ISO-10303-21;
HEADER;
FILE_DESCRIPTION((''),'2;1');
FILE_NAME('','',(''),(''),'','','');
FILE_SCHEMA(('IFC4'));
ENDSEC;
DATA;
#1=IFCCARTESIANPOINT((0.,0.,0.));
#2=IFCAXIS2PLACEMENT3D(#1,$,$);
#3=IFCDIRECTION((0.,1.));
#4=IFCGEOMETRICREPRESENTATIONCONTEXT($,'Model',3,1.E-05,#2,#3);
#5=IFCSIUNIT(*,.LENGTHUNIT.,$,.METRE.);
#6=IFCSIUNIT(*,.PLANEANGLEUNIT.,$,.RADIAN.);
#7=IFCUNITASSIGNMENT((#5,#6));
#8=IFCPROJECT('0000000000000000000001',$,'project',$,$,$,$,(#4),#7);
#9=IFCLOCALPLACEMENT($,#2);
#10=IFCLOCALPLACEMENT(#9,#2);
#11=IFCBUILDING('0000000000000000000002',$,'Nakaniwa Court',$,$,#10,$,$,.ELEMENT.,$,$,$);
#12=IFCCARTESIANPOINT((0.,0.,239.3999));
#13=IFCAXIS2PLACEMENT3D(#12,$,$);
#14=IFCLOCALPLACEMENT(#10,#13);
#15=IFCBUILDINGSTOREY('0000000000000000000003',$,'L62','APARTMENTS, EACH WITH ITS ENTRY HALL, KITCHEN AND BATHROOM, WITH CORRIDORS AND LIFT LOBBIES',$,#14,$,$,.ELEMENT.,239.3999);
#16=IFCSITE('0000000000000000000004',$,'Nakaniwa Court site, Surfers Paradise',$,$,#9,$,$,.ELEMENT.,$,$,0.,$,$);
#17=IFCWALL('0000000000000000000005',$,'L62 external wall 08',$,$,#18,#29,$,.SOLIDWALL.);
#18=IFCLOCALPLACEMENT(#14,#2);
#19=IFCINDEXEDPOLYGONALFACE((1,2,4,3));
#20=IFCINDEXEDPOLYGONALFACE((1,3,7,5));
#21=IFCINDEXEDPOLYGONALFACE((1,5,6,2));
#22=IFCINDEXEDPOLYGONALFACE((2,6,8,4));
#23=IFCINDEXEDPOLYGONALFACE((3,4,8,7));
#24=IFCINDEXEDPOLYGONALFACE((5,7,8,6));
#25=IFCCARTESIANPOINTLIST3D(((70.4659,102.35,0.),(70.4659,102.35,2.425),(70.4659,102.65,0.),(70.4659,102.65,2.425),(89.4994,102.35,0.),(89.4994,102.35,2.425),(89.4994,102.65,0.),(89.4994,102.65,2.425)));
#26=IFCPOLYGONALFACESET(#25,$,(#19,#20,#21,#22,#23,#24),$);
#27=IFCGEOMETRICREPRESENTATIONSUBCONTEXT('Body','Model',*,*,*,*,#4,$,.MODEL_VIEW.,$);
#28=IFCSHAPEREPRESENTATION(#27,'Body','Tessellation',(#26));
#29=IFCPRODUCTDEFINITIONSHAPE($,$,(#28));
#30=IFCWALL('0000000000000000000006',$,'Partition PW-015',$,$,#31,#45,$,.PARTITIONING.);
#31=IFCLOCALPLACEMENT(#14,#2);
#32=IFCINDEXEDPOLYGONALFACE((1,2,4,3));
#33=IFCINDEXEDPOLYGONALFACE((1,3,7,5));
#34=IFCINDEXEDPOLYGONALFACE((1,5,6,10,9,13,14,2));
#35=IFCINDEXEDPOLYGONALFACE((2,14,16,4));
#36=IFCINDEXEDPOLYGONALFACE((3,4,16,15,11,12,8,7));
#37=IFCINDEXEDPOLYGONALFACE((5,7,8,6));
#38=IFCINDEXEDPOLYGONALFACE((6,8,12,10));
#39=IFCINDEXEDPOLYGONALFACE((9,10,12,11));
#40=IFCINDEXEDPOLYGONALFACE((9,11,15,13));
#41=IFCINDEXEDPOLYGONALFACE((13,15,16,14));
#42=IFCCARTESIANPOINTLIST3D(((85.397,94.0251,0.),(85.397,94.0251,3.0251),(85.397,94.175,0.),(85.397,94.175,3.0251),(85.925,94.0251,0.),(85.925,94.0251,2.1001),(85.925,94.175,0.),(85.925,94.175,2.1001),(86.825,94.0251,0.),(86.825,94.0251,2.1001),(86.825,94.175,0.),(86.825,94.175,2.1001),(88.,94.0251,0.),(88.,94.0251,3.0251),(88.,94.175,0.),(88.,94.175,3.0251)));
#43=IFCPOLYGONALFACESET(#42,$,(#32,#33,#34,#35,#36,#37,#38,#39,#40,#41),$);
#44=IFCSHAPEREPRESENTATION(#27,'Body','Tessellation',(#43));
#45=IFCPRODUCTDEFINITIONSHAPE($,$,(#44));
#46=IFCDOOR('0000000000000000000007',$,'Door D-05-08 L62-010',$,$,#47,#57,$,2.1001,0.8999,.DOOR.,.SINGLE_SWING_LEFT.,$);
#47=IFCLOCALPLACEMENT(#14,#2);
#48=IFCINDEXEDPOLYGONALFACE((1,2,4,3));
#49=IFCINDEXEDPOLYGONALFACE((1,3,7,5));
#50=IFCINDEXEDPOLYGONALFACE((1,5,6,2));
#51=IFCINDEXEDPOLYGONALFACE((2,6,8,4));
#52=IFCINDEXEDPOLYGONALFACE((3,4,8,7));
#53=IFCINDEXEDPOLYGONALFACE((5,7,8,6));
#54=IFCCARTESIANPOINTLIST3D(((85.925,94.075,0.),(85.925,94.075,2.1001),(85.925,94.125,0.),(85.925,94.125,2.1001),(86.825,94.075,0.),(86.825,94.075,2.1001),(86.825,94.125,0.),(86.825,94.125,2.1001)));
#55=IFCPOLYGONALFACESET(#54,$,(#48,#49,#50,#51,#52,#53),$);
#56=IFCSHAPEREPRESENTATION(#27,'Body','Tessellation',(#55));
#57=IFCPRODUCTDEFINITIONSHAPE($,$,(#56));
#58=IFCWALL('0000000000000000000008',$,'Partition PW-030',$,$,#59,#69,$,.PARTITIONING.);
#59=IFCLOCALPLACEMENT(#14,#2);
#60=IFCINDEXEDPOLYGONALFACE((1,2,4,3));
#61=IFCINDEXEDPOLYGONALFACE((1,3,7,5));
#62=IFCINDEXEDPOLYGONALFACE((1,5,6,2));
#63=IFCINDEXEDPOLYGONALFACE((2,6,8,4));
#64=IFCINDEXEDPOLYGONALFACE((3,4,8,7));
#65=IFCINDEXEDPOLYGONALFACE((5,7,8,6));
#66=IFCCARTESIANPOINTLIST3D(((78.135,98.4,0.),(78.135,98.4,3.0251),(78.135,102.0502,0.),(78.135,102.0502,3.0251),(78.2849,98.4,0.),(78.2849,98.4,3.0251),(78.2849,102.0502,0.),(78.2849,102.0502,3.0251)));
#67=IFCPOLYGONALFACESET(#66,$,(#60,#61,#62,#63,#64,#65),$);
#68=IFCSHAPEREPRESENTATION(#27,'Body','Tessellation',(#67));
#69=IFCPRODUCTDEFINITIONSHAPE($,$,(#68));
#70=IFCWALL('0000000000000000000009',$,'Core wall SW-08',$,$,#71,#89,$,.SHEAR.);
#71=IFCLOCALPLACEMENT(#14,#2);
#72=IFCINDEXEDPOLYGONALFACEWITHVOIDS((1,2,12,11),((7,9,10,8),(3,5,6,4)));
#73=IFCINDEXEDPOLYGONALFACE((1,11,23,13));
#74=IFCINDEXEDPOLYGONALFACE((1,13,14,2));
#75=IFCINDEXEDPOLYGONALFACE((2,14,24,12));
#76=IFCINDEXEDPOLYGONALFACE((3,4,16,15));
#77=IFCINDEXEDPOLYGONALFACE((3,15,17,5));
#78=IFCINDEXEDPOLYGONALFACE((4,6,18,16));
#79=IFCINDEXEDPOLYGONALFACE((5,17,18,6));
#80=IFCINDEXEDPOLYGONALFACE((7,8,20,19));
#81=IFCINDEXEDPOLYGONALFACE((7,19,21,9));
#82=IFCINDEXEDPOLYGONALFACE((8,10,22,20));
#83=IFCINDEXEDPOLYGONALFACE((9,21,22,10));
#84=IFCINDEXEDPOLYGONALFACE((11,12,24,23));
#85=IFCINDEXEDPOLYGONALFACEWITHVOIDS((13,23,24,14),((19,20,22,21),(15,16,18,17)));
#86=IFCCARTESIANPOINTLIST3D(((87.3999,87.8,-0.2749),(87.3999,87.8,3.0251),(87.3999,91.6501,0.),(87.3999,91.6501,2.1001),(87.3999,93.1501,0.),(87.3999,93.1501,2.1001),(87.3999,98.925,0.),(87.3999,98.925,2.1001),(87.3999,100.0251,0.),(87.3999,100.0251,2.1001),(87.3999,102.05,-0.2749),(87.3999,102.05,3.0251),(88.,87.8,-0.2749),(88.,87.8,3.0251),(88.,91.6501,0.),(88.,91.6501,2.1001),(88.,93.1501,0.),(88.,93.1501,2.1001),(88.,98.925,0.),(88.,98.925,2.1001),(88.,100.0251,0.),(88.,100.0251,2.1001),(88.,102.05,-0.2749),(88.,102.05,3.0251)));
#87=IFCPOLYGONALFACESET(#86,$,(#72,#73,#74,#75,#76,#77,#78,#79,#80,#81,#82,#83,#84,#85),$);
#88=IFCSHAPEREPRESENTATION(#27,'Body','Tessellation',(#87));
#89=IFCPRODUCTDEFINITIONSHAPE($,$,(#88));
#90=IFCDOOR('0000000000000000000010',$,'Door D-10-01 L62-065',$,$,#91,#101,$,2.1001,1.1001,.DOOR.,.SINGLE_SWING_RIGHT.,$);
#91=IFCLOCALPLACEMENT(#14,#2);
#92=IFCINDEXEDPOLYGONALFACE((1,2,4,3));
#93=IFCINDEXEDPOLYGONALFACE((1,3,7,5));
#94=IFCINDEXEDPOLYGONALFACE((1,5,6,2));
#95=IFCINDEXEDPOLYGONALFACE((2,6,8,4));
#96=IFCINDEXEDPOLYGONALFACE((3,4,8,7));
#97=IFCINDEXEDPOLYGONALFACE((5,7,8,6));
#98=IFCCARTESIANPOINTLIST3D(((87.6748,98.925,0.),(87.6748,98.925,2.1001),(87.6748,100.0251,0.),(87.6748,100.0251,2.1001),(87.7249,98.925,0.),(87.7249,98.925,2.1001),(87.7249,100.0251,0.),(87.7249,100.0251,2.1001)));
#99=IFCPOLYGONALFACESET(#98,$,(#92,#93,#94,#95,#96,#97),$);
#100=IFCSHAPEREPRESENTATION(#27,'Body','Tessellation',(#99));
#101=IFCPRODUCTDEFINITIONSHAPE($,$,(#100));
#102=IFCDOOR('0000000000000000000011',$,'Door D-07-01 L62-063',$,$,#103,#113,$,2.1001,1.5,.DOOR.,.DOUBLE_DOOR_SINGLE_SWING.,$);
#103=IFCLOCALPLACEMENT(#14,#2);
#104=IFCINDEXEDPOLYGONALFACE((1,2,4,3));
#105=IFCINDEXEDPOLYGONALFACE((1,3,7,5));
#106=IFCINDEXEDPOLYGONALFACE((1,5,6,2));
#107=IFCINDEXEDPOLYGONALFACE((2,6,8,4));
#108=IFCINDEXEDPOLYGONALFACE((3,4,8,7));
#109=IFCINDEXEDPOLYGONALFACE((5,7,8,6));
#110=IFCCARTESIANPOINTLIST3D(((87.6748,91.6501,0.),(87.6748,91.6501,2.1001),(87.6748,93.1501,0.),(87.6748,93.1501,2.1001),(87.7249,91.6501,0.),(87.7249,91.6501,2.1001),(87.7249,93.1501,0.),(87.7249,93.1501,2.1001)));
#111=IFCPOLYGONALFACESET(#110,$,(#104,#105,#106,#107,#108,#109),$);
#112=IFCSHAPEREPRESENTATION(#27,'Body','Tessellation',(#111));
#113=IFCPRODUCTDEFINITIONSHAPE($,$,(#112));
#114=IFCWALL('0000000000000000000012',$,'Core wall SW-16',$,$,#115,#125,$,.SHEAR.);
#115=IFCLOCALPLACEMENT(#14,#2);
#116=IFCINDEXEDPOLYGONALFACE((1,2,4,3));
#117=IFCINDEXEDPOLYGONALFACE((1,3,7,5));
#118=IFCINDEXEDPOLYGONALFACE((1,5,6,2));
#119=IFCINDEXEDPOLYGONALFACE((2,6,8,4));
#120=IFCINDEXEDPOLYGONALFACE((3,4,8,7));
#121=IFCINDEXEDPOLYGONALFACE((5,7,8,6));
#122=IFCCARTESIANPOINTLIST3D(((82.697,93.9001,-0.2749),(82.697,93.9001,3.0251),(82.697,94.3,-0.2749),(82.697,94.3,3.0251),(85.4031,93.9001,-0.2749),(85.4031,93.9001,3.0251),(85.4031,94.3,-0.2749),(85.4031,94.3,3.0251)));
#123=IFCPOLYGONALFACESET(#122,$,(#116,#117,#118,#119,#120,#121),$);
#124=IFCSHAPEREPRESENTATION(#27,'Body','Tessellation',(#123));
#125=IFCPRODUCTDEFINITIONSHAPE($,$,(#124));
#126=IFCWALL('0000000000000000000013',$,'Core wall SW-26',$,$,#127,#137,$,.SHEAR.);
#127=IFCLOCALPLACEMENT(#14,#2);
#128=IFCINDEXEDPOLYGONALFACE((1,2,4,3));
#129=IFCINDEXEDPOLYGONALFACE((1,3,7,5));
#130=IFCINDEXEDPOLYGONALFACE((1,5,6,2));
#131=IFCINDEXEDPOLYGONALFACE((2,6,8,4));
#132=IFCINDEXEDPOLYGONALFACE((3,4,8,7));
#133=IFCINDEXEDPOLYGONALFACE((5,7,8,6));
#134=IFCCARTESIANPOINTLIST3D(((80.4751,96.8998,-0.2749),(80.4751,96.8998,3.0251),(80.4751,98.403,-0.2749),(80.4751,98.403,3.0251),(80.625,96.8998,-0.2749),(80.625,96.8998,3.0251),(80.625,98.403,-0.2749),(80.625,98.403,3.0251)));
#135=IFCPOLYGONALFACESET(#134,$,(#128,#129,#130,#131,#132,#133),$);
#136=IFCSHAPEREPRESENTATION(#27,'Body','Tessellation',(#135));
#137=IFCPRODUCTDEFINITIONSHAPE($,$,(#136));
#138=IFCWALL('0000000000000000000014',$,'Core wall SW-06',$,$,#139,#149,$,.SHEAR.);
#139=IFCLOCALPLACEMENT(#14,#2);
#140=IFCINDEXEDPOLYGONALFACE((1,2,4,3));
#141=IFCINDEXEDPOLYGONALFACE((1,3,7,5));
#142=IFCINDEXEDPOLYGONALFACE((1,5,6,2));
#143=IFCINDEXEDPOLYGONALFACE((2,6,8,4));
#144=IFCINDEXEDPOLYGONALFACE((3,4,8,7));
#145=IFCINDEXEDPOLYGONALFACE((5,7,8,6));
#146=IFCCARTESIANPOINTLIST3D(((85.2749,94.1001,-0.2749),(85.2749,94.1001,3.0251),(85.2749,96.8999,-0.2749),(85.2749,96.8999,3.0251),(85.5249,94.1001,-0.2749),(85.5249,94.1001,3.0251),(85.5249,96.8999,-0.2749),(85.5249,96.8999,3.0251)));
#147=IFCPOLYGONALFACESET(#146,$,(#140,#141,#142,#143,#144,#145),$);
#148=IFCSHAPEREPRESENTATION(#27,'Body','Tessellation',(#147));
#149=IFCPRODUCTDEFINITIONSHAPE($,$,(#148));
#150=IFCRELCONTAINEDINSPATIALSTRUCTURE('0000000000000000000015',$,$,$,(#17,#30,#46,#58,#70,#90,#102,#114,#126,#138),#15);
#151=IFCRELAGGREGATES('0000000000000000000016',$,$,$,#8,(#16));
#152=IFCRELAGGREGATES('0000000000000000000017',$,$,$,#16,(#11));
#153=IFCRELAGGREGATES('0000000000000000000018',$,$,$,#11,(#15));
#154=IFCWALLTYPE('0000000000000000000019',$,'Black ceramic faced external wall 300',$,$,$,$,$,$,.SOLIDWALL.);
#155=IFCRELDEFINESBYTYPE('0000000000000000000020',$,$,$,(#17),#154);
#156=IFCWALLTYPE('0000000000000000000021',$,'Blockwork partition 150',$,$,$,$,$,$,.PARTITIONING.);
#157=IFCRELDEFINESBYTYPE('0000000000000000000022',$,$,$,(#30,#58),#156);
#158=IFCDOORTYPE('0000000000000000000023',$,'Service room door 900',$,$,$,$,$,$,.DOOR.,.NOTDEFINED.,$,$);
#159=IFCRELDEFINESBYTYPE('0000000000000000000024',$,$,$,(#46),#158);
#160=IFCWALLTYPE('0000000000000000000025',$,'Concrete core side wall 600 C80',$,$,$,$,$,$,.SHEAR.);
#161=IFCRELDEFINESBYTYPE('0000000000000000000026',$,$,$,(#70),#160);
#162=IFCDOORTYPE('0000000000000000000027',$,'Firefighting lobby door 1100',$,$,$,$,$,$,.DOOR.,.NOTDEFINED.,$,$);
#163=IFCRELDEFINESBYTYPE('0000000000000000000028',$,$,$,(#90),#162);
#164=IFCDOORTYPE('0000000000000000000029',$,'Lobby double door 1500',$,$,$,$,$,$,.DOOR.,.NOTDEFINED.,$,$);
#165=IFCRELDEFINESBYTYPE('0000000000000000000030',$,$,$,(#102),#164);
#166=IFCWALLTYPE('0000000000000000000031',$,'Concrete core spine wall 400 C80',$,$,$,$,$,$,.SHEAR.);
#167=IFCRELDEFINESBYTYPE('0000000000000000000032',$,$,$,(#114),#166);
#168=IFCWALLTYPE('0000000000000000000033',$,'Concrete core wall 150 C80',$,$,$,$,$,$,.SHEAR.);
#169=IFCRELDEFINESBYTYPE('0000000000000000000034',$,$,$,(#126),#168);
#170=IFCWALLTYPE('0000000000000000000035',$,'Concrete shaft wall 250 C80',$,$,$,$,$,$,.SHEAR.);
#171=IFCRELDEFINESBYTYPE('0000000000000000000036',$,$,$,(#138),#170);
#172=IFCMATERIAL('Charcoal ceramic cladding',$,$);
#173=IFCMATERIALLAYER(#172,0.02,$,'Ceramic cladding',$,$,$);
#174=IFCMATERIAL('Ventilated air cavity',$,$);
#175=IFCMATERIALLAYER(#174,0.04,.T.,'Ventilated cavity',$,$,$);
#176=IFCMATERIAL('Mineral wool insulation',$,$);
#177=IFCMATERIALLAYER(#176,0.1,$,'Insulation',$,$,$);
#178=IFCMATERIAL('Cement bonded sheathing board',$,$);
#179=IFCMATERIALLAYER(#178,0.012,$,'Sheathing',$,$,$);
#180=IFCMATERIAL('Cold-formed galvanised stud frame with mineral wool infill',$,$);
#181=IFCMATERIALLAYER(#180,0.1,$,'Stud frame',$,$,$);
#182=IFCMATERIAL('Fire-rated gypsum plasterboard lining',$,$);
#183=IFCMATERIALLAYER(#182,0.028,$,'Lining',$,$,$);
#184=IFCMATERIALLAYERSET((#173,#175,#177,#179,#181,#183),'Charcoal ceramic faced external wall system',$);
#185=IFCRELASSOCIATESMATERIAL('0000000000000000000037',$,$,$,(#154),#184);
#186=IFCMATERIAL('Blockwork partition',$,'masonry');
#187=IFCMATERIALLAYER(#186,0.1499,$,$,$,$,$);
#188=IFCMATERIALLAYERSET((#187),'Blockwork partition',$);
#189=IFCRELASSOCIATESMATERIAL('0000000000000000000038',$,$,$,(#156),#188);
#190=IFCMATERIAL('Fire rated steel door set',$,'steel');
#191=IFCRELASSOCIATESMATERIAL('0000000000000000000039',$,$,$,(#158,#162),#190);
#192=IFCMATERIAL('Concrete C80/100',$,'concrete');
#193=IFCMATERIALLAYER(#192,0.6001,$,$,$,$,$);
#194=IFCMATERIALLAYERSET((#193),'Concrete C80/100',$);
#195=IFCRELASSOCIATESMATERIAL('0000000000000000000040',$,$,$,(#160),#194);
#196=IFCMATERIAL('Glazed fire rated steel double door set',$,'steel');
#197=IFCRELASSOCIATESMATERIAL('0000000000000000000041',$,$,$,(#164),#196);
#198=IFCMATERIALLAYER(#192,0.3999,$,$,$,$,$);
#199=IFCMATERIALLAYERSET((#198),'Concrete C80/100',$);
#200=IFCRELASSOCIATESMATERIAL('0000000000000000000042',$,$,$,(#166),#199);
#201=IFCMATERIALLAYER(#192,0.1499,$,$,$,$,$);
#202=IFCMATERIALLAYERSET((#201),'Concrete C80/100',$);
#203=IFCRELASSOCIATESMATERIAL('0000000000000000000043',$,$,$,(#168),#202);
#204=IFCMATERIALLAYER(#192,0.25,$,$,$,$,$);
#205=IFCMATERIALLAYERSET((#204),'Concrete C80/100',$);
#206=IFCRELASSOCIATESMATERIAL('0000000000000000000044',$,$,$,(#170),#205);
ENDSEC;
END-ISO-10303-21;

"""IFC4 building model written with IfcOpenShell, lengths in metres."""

from ifc_helpers import new_model, si_unit, direction, frame, frame_2d, origin, place, context, subcontext, project, spatial, rectangle, extrude, material, layer, layer_set, type_object, element, fill, save


model = new_model("IFC4")

# Units and contexts
model_context = context("Model", 3, precision=1e-05, world=origin(), true_north=direction((0.0, 1.0)))
body_context = subcontext(model_context, "Body", "Model", "MODEL_VIEW")
ifc_project = project(units=[si_unit("LENGTHUNIT", "METRE"), si_unit("PLANEANGLEUNIT", "RADIAN")], contexts=[model_context])

# Site, building, storey
site_placement = place(None, origin())
site = spatial("IfcSite", under=ifc_project, at=site_placement, Name="Nakaniwa Court site, Surfers Paradise", CompositionType="ELEMENT", RefElevation=0.0)
building_placement = place(site_placement, origin())
building = spatial("IfcBuilding", under=site, at=building_placement, Name="Nakaniwa Court", CompositionType="ELEMENT")
storey_placement = place(building_placement, frame((0.0, 0.0, 239.3999)))
storey = spatial("IfcBuildingStorey", under=building, at=storey_placement, Name="L62", Description="APARTMENTS, EACH WITH ITS ENTRY HALL, KITCHEN AND BATHROOM, WITH CORRIDORS AND LIFT LOBBIES", CompositionType="ELEMENT", Elevation=239.3999)

# Wall
ifc_material_1 = material(Name="Charcoal ceramic cladding")
ifc_layer_1 = layer(ifc_material_1, 0.02, Name="Ceramic cladding")
ifc_material_2 = material(Name="Ventilated air cavity")
ifc_layer_2 = layer(ifc_material_2, 0.04, ventilated=True, Name="Ventilated cavity")
ifc_material_3 = material(Name="Mineral wool insulation")
ifc_layer_3 = layer(ifc_material_3, 0.1, Name="Insulation")
ifc_material_4 = material(Name="Cement bonded sheathing board")
ifc_layer_4 = layer(ifc_material_4, 0.012, Name="Sheathing")
ifc_material_5 = material(Name="Cold-formed galvanised stud frame with mineral wool infill")
ifc_layer_5 = layer(ifc_material_5, 0.1, Name="Stud frame")
ifc_material_6 = material(Name="Fire-rated gypsum plasterboard lining")
ifc_layer_6 = layer(ifc_material_6, 0.028, Name="Lining")
ifc_layer_set_1 = layer_set([ifc_layer_1, ifc_layer_2, ifc_layer_3, ifc_layer_4, ifc_layer_5, ifc_layer_6], Name="Charcoal ceramic faced external wall system")
wall_type_1 = type_object("IfcWallType", Name="Black ceramic faced external wall 300", PredefinedType="SOLIDWALL", material=ifc_layer_set_1)
wall_1_placement = place(storey_placement, frame((89.4993, 102.5, 0.0), z_axis=(0.0, 0.0, 1.0), x_axis=(-1.0, 0.0, 0.0)))
element("IfcWall", 1, at=wall_1_placement, inside=storey, type_object=wall_type_1, Name="L62 external wall 08", PredefinedType="SOLIDWALL", context=body_context, shape_type="SweptSolid", body=[
    extrude(rectangle(XDim=19.0334, YDim=0.3, at=frame_2d((9.5166, 0.0))), origin(), (0.0, 0.0, 1.0), 2.425),
])

# Wall, opening, door
ifc_material_7 = material(Name="Blockwork partition", Category="masonry")
ifc_layer_7 = layer(ifc_material_7, 0.1499)
ifc_layer_set_2 = layer_set([ifc_layer_7], Name="Blockwork partition")
wall_type_2 = type_object("IfcWallType", Name="Blockwork partition 150", PredefinedType="PARTITIONING", material=ifc_layer_set_2)
wall_2_placement = place(storey_placement, frame((85.397, 94.1001, 0.0), z_axis=(0.0, 0.0, 1.0), x_axis=(1.0, 0.0, 0.0)))
wall_2 = element("IfcWall", 2, at=wall_2_placement, inside=storey, type_object=wall_type_2, Name="Partition PW-015", PredefinedType="PARTITIONING", context=body_context, shape_type="SweptSolid", body=[
    extrude(rectangle(XDim=2.603, YDim=0.1499, at=frame_2d((1.3015, 0.0))), origin(), (0.0, 0.0, 1.0), 3.0251),
])
opening_1_placement = place(wall_2_placement, frame((0.5281, 0.0, 0.0)))
opening_1 = element("IfcOpeningElement", 3, at=opening_1_placement, cuts=wall_2, PredefinedType="OPENING", context=body_context, shape_type="SweptSolid", body=[
    extrude(rectangle(XDim=0.8999, YDim=2.1001, at=frame_2d((0.45, 1.05))), frame((0.0, 0.085, 0.0), z_axis=(0.0, -1.0, 0.0), x_axis=(1.0, 0.0, 0.0)), (0.0, 0.0, 1.0), 0.1699),
])
ifc_material_8 = material(Name="Fire rated steel door set", Category="steel")
door_type_1 = type_object("IfcDoorType", Name="Service room door 900", OperationType="NOTDEFINED", PredefinedType="DOOR", material=ifc_material_8)
door_1_placement = place(opening_1_placement, origin())
door_1 = element("IfcDoor", 4, at=door_1_placement, inside=storey, type_object=door_type_1, Name="Door D-05-08 L62-010", OperationType="SINGLE_SWING_LEFT", OverallHeight=2.1001, OverallWidth=0.8999, PredefinedType="DOOR", context=body_context, shape_type="SweptSolid", body=[
    extrude(rectangle(XDim=0.8999, YDim=2.1001, at=frame_2d((0.45, 1.05))), frame((0.0, 0.0249, 0.0), z_axis=(0.0, -1.0, 0.0), x_axis=(1.0, 0.0, 0.0)), (0.0, 0.0, 1.0), 0.05),
])
fill(opening_1, door_1)

# Wall
wall_3_placement = place(storey_placement, frame((78.21, 98.3999, 0.0), z_axis=(0.0, 0.0, 1.0), x_axis=(0.0, 1.0, 0.0)))
element("IfcWall", 5, at=wall_3_placement, inside=storey, type_object=wall_type_2, Name="Partition PW-030", PredefinedType="PARTITIONING", context=body_context, shape_type="SweptSolid", body=[
    extrude(rectangle(XDim=3.6501, YDim=0.1499, at=frame_2d((1.8252, 0.0))), origin(), (0.0, 0.0, 1.0), 3.0251),
])

# Wall, openings, doors
ifc_material_9 = material(Name="Concrete C80/100", Category="concrete")
ifc_layer_8 = layer(ifc_material_9, 0.6001)
ifc_layer_set_3 = layer_set([ifc_layer_8], Name="Concrete C80/100")
wall_type_3 = type_object("IfcWallType", Name="Concrete core side wall 600 C80", PredefinedType="SHEAR", material=ifc_layer_set_3)
wall_4_placement = place(storey_placement, frame((87.7, 102.05, -0.2749), z_axis=(0.0, 0.0, 1.0), x_axis=(0.0, -1.0, 0.0)))
wall_4 = element("IfcWall", 6, at=wall_4_placement, inside=storey, type_object=wall_type_3, Name="Core wall SW-08", PredefinedType="SHEAR", context=body_context, shape_type="SweptSolid", body=[
    extrude(rectangle(XDim=14.25, YDim=0.6001, at=frame_2d((7.125, 0.0))), origin(), (0.0, 0.0, 1.0), 3.3),
])
opening_2_placement = place(wall_4_placement, frame((8.8999, 0.0, 0.2749)))
opening_2 = element("IfcOpeningElement", 7, at=opening_2_placement, cuts=wall_4, PredefinedType="OPENING", context=body_context, shape_type="SweptSolid", body=[
    extrude(rectangle(XDim=1.5, YDim=2.1001, at=frame_2d((0.75, 1.05))), frame((0.0, 0.3101, 0.0), z_axis=(0.0, -1.0, 0.0), x_axis=(1.0, 0.0, 0.0)), (0.0, 0.0, 1.0), 0.6201),
])
opening_3_placement = place(wall_4_placement, frame((2.0249, 0.0, 0.2749)))
opening_3 = element("IfcOpeningElement", 8, at=opening_3_placement, cuts=wall_4, PredefinedType="OPENING", context=body_context, shape_type="SweptSolid", body=[
    extrude(rectangle(XDim=1.1001, YDim=2.1001, at=frame_2d((0.55, 1.05))), frame((0.0, 0.3101, 0.0), z_axis=(0.0, -1.0, 0.0), x_axis=(1.0, 0.0, 0.0)), (0.0, 0.0, 1.0), 0.6201),
])
door_type_2 = type_object("IfcDoorType", Name="Firefighting lobby door 1100", OperationType="NOTDEFINED", PredefinedType="DOOR", material=ifc_material_8)
door_2_placement = place(opening_3_placement, origin())
door_2 = element("IfcDoor", 9, at=door_2_placement, inside=storey, type_object=door_type_2, Name="Door D-10-01 L62-065", OperationType="SINGLE_SWING_RIGHT", OverallHeight=2.1001, OverallWidth=1.1001, PredefinedType="DOOR", context=body_context, shape_type="SweptSolid", body=[
    extrude(rectangle(XDim=1.1001, YDim=2.1001, at=frame_2d((0.55, 1.05))), frame((0.0, 0.0249, 0.0), z_axis=(0.0, -1.0, 0.0), x_axis=(1.0, 0.0, 0.0)), (0.0, 0.0, 1.0), 0.05),
])
fill(opening_3, door_2)
ifc_material_10 = material(Name="Glazed fire rated steel double door set", Category="steel")
door_type_3 = type_object("IfcDoorType", Name="Lobby double door 1500", OperationType="NOTDEFINED", PredefinedType="DOOR", material=ifc_material_10)
door_3_placement = place(opening_2_placement, origin())
door_3 = element("IfcDoor", 10, at=door_3_placement, inside=storey, type_object=door_type_3, Name="Door D-07-01 L62-063", OperationType="DOUBLE_DOOR_SINGLE_SWING", OverallHeight=2.1001, OverallWidth=1.5, PredefinedType="DOOR", context=body_context, shape_type="SweptSolid", body=[
    extrude(rectangle(XDim=1.5, YDim=2.1001, at=frame_2d((0.75, 1.05))), frame((0.0, 0.0249, 0.0), z_axis=(0.0, -1.0, 0.0), x_axis=(1.0, 0.0, 0.0)), (0.0, 0.0, 1.0), 0.05),
])
fill(opening_2, door_3)

# Walls
ifc_layer_9 = layer(ifc_material_9, 0.3999)
ifc_layer_set_4 = layer_set([ifc_layer_9], Name="Concrete C80/100")
wall_type_4 = type_object("IfcWallType", Name="Concrete core spine wall 400 C80", PredefinedType="SHEAR", material=ifc_layer_set_4)
wall_5_placement = place(storey_placement, frame((82.697, 94.1001, -0.2749), z_axis=(0.0, 0.0, 1.0), x_axis=(1.0, 0.0, 0.0)))
element("IfcWall", 11, at=wall_5_placement, inside=storey, type_object=wall_type_4, Name="Core wall SW-16", PredefinedType="SHEAR", context=body_context, shape_type="SweptSolid", body=[
    extrude(rectangle(XDim=2.7061, YDim=0.3999, at=frame_2d((1.353, 0.0))), origin(), (0.0, 0.0, 1.0), 3.3),
])
ifc_layer_10 = layer(ifc_material_9, 0.1499)
ifc_layer_set_5 = layer_set([ifc_layer_10], Name="Concrete C80/100")
wall_type_5 = type_object("IfcWallType", Name="Concrete core wall 150 C80", PredefinedType="SHEAR", material=ifc_layer_set_5)
wall_6_placement = place(storey_placement, frame((80.55, 96.8999, -0.2749), z_axis=(0.0, 0.0, 1.0), x_axis=(0.0, 1.0, 0.0)))
element("IfcWall", 12, at=wall_6_placement, inside=storey, type_object=wall_type_5, Name="Core wall SW-26", PredefinedType="SHEAR", context=body_context, shape_type="SweptSolid", body=[
    extrude(rectangle(XDim=1.5032, YDim=0.1499, at=frame_2d((0.7515, 0.0))), origin(), (0.0, 0.0, 1.0), 3.3),
])
ifc_layer_11 = layer(ifc_material_9, 0.25)
ifc_layer_set_6 = layer_set([ifc_layer_11], Name="Concrete C80/100")
wall_type_6 = type_object("IfcWallType", Name="Concrete shaft wall 250 C80", PredefinedType="SHEAR", material=ifc_layer_set_6)
wall_7_placement = place(storey_placement, frame((85.3999, 94.1001, -0.2749), z_axis=(0.0, 0.0, 1.0), x_axis=(0.0, 1.0, 0.0)))
element("IfcWall", 13, at=wall_7_placement, inside=storey, type_object=wall_type_6, Name="Core wall SW-06", PredefinedType="SHEAR", context=body_context, shape_type="SweptSolid", body=[
    extrude(rectangle(XDim=2.7998, YDim=0.25, at=frame_2d((1.3999, 0.0))), origin(), (0.0, 0.0, 1.0), 3.3),
])

save(model, "model.ifc")
